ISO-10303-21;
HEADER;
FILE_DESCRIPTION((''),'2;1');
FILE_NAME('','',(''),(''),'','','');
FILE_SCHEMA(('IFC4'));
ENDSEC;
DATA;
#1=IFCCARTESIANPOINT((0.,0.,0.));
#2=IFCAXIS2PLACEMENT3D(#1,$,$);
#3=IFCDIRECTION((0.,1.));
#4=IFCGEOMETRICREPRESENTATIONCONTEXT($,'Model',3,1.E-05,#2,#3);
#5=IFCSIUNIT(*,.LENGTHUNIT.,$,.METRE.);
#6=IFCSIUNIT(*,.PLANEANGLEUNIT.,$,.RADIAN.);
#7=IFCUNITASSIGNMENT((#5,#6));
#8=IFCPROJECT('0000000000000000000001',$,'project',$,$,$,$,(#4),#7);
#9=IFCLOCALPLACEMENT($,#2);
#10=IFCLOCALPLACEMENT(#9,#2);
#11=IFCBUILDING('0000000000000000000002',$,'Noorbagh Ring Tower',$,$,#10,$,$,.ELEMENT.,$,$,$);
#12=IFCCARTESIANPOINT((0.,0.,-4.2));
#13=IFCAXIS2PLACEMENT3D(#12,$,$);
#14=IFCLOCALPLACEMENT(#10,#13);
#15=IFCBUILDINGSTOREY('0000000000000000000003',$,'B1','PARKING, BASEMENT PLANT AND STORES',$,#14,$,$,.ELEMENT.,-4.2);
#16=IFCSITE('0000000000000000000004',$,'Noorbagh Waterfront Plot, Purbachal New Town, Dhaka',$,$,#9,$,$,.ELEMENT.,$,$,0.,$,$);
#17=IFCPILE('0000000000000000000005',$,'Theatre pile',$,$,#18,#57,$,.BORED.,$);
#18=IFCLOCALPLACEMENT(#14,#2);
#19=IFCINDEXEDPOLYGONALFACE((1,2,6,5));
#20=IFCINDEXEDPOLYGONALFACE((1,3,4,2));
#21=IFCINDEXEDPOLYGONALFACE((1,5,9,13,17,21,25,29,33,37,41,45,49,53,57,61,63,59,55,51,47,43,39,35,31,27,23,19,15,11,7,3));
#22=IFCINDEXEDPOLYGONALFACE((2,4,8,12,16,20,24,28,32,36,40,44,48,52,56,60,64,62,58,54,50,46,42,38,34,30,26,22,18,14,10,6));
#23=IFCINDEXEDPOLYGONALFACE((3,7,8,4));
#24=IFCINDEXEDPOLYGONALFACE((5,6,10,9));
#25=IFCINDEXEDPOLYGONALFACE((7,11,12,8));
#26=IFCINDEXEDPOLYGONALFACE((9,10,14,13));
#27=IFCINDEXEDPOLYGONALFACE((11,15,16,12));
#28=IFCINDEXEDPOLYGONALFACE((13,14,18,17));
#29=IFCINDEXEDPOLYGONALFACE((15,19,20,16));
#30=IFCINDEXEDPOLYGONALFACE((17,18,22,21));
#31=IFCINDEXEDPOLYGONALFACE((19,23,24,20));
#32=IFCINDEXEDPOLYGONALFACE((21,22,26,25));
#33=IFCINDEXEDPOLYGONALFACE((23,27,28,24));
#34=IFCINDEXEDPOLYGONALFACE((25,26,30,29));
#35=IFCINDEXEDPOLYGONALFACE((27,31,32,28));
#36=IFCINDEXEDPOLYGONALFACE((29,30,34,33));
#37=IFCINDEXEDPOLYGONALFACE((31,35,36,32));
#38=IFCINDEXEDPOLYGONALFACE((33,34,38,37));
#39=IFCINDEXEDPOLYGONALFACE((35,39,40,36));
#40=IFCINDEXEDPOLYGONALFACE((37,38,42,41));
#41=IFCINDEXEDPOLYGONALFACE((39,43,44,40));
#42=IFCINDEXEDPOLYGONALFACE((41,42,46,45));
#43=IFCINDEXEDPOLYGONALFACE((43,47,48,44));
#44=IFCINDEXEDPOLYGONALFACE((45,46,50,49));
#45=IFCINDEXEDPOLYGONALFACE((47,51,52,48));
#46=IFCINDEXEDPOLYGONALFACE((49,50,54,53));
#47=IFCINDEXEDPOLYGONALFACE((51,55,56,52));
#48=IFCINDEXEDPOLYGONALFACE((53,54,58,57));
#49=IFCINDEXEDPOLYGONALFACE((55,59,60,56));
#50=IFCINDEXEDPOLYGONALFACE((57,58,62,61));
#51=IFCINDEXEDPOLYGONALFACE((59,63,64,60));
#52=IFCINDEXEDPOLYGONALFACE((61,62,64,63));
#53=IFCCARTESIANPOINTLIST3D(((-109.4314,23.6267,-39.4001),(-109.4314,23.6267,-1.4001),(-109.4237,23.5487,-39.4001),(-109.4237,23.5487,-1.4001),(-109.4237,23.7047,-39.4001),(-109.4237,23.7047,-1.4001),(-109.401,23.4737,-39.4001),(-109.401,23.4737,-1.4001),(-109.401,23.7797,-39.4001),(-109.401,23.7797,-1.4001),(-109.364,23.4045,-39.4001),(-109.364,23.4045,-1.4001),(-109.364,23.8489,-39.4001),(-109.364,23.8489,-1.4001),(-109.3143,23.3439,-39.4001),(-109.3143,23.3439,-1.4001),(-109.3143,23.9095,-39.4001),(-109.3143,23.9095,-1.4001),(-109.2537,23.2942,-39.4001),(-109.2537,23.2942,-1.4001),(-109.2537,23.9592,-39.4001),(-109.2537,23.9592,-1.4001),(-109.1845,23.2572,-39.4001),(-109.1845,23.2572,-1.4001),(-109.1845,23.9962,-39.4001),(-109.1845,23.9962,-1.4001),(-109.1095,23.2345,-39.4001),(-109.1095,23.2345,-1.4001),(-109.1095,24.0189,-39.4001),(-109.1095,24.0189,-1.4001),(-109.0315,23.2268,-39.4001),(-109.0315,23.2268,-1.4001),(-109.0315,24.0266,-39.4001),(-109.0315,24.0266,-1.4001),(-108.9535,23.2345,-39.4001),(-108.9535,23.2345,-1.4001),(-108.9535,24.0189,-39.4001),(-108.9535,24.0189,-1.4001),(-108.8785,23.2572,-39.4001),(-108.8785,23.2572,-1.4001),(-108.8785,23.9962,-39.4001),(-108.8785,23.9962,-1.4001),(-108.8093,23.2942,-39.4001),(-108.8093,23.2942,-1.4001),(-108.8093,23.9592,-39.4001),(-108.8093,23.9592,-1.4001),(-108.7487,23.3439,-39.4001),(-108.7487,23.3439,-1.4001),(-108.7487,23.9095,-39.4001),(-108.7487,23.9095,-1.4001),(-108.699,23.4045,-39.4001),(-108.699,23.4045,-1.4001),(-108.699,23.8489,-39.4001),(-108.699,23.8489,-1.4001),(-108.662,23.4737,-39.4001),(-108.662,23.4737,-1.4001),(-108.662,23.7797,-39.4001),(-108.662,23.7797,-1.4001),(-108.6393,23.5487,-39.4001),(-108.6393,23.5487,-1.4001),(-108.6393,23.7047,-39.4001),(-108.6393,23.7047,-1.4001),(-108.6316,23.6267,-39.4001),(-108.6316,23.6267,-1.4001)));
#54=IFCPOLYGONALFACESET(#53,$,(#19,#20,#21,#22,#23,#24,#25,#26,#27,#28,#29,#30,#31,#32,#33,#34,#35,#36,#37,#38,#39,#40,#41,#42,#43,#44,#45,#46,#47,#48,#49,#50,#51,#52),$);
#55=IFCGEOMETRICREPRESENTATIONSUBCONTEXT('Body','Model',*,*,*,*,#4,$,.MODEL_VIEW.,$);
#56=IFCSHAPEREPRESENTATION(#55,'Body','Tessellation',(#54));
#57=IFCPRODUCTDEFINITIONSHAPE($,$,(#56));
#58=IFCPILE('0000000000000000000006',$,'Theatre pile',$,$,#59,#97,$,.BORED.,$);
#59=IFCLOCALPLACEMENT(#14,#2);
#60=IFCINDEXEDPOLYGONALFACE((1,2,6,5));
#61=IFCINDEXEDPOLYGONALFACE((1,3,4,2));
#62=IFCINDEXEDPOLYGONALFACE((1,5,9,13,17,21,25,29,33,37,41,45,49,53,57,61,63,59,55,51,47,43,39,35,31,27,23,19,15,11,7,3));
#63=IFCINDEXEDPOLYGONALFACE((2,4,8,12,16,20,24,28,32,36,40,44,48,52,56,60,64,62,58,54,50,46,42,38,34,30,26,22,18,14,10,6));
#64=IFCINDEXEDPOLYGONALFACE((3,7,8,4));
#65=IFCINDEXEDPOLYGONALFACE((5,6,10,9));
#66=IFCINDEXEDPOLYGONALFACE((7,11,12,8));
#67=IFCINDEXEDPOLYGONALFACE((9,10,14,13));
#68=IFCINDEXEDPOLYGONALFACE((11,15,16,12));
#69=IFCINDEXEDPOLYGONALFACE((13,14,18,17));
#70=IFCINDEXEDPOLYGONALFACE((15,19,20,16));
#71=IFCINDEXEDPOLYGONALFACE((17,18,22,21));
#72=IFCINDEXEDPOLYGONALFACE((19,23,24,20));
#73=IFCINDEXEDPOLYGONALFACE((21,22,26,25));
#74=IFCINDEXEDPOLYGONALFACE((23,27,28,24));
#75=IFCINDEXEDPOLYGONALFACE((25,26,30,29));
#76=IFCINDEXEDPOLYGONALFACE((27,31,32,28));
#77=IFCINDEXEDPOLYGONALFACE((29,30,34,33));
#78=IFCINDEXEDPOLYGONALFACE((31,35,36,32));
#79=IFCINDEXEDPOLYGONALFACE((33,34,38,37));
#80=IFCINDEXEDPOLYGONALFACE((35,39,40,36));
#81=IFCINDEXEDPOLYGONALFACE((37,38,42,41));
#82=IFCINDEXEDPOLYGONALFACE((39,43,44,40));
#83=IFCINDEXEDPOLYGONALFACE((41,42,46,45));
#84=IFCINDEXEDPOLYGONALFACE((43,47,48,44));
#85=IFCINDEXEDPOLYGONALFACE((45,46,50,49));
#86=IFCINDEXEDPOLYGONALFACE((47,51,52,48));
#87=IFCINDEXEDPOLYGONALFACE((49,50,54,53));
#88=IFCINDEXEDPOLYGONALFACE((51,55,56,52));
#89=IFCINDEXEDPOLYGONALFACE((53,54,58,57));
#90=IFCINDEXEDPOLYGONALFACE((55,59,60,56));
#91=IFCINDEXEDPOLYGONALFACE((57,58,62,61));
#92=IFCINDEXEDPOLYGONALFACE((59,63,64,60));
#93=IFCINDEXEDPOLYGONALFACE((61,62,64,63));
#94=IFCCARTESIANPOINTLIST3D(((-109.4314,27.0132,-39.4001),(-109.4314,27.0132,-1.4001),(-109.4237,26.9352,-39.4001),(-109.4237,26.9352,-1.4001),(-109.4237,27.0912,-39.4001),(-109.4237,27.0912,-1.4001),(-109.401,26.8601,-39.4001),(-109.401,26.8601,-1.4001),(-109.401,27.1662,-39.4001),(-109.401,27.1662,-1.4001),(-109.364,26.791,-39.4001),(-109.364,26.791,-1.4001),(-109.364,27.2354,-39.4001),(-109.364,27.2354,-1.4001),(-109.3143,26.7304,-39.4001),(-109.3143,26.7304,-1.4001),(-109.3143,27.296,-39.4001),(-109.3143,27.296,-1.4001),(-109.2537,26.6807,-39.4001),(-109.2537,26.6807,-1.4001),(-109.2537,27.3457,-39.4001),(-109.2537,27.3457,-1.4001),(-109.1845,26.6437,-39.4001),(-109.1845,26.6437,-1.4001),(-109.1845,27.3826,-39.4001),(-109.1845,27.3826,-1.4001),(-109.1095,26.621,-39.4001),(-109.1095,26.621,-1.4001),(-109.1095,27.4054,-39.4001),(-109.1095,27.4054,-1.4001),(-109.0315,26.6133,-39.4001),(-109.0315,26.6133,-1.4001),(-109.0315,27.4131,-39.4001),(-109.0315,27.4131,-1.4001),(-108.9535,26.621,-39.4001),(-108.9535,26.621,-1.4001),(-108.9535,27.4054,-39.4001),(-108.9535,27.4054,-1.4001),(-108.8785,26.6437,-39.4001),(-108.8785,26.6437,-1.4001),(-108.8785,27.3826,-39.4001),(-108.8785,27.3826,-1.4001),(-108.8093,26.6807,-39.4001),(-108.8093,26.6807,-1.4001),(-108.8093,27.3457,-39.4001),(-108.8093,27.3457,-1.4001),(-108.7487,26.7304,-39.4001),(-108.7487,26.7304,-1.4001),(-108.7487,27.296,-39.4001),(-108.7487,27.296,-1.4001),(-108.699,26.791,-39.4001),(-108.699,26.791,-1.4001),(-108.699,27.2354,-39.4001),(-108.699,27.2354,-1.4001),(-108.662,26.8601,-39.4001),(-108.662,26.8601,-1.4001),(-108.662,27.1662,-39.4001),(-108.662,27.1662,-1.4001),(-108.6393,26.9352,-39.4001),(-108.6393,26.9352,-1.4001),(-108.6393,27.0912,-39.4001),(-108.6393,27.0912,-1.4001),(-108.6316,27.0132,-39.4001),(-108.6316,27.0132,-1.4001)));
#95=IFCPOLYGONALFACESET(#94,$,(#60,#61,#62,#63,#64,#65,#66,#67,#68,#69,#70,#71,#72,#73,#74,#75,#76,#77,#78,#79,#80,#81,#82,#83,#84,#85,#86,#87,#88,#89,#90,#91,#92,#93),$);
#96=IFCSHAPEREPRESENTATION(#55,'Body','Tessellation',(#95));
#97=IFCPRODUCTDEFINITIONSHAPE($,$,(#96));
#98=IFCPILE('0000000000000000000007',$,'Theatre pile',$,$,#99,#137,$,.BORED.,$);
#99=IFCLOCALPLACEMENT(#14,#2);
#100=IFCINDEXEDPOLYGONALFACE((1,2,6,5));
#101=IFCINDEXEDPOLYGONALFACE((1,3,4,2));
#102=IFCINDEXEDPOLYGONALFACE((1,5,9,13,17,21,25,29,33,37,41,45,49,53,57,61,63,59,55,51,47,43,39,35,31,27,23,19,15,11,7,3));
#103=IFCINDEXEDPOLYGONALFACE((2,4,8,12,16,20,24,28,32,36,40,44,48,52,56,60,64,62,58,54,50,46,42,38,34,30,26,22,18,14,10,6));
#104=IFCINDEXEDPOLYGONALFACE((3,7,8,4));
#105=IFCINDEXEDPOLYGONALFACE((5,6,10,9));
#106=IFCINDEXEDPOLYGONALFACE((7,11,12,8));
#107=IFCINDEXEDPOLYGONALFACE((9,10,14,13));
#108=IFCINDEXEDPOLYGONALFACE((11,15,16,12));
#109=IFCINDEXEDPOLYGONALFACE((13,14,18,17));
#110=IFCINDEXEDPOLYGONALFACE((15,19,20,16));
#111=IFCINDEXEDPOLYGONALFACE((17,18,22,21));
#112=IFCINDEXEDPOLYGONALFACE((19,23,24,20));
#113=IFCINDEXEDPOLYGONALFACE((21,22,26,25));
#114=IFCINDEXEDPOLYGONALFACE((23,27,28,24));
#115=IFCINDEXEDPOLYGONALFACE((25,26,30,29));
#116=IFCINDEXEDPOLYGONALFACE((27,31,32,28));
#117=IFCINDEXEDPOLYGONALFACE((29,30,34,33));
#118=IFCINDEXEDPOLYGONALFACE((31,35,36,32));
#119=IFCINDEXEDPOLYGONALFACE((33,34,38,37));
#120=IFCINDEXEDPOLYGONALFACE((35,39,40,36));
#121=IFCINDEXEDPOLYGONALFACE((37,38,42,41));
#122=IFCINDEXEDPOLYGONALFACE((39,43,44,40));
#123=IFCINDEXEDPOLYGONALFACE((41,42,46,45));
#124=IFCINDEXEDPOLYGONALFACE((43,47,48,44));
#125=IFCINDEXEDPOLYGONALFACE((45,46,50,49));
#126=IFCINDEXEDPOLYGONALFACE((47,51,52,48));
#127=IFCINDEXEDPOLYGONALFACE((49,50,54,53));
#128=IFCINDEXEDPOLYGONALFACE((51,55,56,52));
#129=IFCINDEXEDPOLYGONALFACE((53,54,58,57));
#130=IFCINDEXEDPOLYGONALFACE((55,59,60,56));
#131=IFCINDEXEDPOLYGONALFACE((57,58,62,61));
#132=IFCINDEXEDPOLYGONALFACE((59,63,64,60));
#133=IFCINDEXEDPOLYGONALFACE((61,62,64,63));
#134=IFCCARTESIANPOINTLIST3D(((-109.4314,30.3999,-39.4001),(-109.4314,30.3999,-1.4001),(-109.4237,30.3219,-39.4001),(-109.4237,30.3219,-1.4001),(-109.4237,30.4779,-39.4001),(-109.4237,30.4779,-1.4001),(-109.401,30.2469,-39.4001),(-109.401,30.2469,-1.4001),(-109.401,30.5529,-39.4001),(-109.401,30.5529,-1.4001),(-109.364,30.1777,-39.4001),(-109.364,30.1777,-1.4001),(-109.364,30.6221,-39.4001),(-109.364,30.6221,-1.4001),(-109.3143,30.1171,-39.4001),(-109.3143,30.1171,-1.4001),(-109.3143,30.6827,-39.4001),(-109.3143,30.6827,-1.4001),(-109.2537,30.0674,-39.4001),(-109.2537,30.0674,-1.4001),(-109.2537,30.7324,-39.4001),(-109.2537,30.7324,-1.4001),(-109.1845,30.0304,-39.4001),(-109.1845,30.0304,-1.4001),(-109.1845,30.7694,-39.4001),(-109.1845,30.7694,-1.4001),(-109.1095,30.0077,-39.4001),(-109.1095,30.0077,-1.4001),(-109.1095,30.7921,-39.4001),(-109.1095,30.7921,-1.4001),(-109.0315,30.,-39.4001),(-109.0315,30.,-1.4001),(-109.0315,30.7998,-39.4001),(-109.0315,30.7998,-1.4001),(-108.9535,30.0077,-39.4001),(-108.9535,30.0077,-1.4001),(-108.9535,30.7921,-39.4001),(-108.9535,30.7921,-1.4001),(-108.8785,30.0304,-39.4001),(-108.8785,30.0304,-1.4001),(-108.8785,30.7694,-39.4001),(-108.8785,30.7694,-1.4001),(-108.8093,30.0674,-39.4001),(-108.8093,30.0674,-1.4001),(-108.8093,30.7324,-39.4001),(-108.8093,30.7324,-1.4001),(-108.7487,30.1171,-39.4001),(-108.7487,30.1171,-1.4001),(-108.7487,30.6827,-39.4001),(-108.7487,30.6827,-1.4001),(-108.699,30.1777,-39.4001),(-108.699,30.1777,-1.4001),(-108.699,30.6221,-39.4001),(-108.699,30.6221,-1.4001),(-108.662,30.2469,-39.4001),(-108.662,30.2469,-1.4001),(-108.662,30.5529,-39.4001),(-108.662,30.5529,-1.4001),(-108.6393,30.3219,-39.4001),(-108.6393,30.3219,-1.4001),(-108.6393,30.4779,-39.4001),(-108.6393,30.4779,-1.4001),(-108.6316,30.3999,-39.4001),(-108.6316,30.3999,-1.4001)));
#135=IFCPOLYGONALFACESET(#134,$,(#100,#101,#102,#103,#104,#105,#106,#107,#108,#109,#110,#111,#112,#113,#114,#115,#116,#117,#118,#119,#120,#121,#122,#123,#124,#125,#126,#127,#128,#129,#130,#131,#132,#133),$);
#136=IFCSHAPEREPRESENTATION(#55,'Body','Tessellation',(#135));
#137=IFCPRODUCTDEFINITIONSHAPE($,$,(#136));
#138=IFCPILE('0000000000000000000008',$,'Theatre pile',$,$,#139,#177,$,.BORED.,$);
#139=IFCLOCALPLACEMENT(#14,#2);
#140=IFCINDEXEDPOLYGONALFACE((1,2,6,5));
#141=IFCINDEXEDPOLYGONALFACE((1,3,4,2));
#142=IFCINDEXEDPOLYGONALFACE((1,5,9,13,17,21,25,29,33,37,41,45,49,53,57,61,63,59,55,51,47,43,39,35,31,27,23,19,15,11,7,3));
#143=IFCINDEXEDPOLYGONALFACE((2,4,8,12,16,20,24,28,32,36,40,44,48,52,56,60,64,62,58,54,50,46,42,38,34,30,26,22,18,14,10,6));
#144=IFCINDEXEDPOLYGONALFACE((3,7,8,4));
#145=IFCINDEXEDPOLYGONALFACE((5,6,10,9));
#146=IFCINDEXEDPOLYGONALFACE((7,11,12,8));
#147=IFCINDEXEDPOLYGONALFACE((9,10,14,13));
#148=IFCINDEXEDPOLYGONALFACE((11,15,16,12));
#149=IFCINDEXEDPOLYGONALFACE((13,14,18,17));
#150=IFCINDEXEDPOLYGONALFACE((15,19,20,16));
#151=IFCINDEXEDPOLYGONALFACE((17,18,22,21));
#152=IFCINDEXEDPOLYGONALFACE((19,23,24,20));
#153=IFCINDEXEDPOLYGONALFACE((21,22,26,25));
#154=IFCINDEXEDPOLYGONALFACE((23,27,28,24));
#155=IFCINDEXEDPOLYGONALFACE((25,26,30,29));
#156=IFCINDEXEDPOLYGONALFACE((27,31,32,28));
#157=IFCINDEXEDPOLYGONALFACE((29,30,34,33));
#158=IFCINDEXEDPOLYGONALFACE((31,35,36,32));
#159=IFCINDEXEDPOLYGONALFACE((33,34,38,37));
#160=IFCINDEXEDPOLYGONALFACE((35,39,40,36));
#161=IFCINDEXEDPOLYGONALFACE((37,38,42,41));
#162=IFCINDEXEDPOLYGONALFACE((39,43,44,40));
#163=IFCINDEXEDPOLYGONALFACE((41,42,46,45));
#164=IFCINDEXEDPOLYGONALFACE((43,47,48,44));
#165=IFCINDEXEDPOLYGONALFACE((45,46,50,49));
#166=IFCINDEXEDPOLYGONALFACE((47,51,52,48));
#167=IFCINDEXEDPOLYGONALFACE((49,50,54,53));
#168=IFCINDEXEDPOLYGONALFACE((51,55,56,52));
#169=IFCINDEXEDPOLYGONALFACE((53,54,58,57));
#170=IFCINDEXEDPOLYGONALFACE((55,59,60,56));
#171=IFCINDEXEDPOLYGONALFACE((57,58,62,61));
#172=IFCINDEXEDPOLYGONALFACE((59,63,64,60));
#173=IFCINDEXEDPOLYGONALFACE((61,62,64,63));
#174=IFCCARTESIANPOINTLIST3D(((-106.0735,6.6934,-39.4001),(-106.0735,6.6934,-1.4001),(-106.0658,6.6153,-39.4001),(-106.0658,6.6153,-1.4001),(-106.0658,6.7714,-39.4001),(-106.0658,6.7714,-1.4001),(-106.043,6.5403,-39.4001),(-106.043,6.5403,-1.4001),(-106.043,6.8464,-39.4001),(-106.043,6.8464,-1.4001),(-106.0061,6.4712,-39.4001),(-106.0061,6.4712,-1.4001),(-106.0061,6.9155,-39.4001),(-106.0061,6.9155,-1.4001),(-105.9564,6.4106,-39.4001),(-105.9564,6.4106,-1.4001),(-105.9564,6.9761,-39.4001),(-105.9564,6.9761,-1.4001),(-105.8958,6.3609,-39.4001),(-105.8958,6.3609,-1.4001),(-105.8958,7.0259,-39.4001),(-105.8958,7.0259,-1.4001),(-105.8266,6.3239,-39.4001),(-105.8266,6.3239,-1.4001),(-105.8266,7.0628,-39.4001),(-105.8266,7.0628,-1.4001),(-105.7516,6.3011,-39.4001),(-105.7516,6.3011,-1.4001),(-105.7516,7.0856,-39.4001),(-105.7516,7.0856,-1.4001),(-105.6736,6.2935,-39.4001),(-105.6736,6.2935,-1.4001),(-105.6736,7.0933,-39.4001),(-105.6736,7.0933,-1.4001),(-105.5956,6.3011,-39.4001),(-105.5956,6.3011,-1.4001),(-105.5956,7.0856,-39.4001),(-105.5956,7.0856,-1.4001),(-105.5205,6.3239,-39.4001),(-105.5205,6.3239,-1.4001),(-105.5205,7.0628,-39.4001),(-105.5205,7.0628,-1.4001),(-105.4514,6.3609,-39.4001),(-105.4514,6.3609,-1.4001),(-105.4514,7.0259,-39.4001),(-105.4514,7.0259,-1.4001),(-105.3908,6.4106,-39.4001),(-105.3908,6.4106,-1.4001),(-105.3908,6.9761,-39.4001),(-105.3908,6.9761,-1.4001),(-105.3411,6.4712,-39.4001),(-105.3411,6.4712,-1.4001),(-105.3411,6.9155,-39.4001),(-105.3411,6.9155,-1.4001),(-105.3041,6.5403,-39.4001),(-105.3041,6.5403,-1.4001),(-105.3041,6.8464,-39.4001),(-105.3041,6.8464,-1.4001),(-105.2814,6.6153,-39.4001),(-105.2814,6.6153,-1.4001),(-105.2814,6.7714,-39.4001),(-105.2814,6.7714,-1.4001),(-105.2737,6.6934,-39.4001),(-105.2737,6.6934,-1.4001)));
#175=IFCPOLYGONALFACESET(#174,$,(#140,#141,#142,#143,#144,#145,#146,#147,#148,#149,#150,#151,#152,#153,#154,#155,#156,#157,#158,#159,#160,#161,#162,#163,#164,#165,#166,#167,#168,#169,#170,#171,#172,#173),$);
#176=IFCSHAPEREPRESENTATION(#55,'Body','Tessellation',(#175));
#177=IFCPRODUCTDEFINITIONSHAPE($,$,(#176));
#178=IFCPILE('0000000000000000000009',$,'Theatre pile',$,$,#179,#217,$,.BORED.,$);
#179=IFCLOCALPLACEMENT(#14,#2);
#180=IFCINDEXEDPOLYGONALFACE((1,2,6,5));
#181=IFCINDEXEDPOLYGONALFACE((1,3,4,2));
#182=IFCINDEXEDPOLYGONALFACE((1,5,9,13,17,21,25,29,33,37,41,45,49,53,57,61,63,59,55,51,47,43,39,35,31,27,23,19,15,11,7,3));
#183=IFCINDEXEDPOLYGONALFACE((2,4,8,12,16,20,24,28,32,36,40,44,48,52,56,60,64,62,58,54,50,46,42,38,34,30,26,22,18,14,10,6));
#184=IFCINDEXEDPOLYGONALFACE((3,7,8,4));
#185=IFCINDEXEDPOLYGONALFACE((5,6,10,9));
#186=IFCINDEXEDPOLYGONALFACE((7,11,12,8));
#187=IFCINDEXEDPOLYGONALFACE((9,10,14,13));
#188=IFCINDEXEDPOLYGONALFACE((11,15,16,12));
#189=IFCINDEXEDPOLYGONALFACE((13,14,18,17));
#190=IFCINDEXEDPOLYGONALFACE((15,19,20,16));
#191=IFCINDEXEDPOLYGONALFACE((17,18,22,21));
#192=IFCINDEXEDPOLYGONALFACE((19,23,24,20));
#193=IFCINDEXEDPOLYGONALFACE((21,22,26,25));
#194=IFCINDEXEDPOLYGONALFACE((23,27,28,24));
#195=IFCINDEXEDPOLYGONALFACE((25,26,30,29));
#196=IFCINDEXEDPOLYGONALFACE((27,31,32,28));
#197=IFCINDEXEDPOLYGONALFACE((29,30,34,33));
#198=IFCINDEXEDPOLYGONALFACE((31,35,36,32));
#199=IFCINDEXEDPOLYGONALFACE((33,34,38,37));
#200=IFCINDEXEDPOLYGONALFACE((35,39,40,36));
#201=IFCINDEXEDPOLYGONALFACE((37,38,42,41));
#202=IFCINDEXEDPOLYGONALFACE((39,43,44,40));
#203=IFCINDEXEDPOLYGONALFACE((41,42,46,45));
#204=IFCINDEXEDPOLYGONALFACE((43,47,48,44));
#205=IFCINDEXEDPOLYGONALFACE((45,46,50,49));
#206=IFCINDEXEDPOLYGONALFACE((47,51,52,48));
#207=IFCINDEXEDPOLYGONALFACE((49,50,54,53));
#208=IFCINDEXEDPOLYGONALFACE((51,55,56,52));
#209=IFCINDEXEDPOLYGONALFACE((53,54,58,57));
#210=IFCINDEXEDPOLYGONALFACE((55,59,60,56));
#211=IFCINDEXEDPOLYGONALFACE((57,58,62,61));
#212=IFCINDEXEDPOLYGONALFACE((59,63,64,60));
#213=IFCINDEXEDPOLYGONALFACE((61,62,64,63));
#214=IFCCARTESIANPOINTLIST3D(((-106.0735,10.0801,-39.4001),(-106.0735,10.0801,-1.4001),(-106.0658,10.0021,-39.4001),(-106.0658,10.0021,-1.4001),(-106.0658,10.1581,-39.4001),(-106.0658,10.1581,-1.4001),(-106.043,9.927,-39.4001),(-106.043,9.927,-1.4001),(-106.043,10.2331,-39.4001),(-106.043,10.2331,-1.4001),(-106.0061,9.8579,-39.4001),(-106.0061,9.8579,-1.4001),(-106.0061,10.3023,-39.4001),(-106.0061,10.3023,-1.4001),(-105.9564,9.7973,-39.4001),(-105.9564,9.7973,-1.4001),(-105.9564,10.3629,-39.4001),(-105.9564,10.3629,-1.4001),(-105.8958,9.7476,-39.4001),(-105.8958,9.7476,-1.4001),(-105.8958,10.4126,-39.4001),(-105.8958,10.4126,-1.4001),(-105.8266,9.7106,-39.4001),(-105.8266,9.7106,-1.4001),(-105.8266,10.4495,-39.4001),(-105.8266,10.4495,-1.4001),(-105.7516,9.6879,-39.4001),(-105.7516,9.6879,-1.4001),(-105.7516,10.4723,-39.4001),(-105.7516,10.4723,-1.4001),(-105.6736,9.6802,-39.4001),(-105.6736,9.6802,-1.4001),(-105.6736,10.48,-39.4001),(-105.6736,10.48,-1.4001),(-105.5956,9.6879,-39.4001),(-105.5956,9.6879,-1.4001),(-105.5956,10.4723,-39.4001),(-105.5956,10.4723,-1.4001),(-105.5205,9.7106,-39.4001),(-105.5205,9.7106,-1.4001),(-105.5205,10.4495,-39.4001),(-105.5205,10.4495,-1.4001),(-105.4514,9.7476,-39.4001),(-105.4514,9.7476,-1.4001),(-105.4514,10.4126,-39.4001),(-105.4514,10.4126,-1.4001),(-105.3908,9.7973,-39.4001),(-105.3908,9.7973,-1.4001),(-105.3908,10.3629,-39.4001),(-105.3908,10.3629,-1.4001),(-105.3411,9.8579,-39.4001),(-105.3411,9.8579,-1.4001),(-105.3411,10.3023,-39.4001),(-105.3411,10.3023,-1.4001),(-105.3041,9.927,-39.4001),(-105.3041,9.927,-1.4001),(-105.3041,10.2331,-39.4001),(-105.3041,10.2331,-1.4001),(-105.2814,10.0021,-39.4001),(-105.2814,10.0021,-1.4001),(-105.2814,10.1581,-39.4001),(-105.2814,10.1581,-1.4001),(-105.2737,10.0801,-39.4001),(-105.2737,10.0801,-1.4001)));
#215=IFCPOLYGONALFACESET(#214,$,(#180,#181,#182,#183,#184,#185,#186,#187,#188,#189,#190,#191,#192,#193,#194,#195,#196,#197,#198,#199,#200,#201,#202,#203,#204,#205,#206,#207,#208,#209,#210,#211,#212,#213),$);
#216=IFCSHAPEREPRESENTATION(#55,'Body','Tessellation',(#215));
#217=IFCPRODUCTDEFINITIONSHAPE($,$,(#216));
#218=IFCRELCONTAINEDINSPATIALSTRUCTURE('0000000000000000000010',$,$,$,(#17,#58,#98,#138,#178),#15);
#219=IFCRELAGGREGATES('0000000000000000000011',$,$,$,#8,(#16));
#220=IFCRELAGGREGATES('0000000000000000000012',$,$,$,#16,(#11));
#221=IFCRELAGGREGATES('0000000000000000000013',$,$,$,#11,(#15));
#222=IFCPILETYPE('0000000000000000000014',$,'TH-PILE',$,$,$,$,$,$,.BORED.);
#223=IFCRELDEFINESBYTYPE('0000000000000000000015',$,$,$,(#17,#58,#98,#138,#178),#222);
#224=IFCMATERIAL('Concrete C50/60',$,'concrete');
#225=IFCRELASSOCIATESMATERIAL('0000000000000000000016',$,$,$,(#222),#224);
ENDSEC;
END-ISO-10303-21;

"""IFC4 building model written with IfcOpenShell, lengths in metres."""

from ifc_helpers import new_model, si_unit, direction, frame, origin, origin_2d, place, context, subcontext, project, spatial, circle, extrude, material, material_profile, profile_set, type_object, element, save


model = new_model("IFC4")

# Units and contexts
model_context = context("Model", 3, precision=1e-05, world=origin(), true_north=direction((0.0, 1.0)))
body_context = subcontext(model_context, "Body", "Model", "MODEL_VIEW")
ifc_project = project(units=[si_unit("LENGTHUNIT", "METRE"), si_unit("PLANEANGLEUNIT", "RADIAN")], contexts=[model_context])

# Site, building, storey
site_placement = place(None, origin())
site = spatial("IfcSite", under=ifc_project, at=site_placement, Name="Noorbagh Waterfront Plot, Purbachal New Town, Dhaka", CompositionType="ELEMENT", RefElevation=0.0)
building_placement = place(site_placement, origin())
building = spatial("IfcBuilding", under=site, at=building_placement, Name="Noorbagh Ring Tower", CompositionType="ELEMENT")
storey_placement = place(building_placement, frame((0.0, 0.0, -4.2)))
storey = spatial("IfcBuildingStorey", under=building, at=storey_placement, Name="B1", Description="PARKING, BASEMENT PLANT AND STORES", CompositionType="ELEMENT", Elevation=-4.2)

# Piles
ifc_material_1 = material(Name="Concrete C50/60", Category="concrete")
ifc_material_profile_1 = material_profile(ifc_material_1, circle(Radius=0.3999, at=origin_2d()), Name="PILE800")
ifc_profile_set_1 = profile_set([ifc_material_profile_1], Name="Concrete C50/60")
pile_type = type_object("IfcPileType", Name="TH-PILE", PredefinedType="BORED", material=ifc_profile_set_1)
for number, where, z_axis, x_axis, name in (
    (1, (-109.0315, 23.6267, -1.4001), (0.0, 0.0, -1.0), (1.0, 0.0, 0.0), "Theatre pile"),
    (2, (-109.0315, 27.0132, -1.4001), (0.0, 0.0, -1.0), (1.0, 0.0, 0.0), "Theatre pile"),
    (3, (-109.0315, 30.3999, -1.4001), (0.0, 0.0, -1.0), (1.0, 0.0, 0.0), "Theatre pile"),
    (4, (-105.6736, 6.6934, -1.4001), (0.0, 0.0, -1.0), (1.0, 0.0, 0.0), "Theatre pile"),
    (5, (-105.6736, 10.0801, -1.4001), (0.0, 0.0, -1.0), (1.0, 0.0, 0.0), "Theatre pile"),
):
    element("IfcPile", number, at=place(storey_placement, frame(where, z_axis=z_axis, x_axis=x_axis)), inside=storey, type_object=pile_type, Name=name, PredefinedType="BORED", context=body_context, shape_type="SweptSolid", body=[
        extrude(circle(Radius=0.3999, at=origin_2d()), origin(), (0.0, 0.0, 1.0), 38.0),
    ])

save(model, "model.ifc")
